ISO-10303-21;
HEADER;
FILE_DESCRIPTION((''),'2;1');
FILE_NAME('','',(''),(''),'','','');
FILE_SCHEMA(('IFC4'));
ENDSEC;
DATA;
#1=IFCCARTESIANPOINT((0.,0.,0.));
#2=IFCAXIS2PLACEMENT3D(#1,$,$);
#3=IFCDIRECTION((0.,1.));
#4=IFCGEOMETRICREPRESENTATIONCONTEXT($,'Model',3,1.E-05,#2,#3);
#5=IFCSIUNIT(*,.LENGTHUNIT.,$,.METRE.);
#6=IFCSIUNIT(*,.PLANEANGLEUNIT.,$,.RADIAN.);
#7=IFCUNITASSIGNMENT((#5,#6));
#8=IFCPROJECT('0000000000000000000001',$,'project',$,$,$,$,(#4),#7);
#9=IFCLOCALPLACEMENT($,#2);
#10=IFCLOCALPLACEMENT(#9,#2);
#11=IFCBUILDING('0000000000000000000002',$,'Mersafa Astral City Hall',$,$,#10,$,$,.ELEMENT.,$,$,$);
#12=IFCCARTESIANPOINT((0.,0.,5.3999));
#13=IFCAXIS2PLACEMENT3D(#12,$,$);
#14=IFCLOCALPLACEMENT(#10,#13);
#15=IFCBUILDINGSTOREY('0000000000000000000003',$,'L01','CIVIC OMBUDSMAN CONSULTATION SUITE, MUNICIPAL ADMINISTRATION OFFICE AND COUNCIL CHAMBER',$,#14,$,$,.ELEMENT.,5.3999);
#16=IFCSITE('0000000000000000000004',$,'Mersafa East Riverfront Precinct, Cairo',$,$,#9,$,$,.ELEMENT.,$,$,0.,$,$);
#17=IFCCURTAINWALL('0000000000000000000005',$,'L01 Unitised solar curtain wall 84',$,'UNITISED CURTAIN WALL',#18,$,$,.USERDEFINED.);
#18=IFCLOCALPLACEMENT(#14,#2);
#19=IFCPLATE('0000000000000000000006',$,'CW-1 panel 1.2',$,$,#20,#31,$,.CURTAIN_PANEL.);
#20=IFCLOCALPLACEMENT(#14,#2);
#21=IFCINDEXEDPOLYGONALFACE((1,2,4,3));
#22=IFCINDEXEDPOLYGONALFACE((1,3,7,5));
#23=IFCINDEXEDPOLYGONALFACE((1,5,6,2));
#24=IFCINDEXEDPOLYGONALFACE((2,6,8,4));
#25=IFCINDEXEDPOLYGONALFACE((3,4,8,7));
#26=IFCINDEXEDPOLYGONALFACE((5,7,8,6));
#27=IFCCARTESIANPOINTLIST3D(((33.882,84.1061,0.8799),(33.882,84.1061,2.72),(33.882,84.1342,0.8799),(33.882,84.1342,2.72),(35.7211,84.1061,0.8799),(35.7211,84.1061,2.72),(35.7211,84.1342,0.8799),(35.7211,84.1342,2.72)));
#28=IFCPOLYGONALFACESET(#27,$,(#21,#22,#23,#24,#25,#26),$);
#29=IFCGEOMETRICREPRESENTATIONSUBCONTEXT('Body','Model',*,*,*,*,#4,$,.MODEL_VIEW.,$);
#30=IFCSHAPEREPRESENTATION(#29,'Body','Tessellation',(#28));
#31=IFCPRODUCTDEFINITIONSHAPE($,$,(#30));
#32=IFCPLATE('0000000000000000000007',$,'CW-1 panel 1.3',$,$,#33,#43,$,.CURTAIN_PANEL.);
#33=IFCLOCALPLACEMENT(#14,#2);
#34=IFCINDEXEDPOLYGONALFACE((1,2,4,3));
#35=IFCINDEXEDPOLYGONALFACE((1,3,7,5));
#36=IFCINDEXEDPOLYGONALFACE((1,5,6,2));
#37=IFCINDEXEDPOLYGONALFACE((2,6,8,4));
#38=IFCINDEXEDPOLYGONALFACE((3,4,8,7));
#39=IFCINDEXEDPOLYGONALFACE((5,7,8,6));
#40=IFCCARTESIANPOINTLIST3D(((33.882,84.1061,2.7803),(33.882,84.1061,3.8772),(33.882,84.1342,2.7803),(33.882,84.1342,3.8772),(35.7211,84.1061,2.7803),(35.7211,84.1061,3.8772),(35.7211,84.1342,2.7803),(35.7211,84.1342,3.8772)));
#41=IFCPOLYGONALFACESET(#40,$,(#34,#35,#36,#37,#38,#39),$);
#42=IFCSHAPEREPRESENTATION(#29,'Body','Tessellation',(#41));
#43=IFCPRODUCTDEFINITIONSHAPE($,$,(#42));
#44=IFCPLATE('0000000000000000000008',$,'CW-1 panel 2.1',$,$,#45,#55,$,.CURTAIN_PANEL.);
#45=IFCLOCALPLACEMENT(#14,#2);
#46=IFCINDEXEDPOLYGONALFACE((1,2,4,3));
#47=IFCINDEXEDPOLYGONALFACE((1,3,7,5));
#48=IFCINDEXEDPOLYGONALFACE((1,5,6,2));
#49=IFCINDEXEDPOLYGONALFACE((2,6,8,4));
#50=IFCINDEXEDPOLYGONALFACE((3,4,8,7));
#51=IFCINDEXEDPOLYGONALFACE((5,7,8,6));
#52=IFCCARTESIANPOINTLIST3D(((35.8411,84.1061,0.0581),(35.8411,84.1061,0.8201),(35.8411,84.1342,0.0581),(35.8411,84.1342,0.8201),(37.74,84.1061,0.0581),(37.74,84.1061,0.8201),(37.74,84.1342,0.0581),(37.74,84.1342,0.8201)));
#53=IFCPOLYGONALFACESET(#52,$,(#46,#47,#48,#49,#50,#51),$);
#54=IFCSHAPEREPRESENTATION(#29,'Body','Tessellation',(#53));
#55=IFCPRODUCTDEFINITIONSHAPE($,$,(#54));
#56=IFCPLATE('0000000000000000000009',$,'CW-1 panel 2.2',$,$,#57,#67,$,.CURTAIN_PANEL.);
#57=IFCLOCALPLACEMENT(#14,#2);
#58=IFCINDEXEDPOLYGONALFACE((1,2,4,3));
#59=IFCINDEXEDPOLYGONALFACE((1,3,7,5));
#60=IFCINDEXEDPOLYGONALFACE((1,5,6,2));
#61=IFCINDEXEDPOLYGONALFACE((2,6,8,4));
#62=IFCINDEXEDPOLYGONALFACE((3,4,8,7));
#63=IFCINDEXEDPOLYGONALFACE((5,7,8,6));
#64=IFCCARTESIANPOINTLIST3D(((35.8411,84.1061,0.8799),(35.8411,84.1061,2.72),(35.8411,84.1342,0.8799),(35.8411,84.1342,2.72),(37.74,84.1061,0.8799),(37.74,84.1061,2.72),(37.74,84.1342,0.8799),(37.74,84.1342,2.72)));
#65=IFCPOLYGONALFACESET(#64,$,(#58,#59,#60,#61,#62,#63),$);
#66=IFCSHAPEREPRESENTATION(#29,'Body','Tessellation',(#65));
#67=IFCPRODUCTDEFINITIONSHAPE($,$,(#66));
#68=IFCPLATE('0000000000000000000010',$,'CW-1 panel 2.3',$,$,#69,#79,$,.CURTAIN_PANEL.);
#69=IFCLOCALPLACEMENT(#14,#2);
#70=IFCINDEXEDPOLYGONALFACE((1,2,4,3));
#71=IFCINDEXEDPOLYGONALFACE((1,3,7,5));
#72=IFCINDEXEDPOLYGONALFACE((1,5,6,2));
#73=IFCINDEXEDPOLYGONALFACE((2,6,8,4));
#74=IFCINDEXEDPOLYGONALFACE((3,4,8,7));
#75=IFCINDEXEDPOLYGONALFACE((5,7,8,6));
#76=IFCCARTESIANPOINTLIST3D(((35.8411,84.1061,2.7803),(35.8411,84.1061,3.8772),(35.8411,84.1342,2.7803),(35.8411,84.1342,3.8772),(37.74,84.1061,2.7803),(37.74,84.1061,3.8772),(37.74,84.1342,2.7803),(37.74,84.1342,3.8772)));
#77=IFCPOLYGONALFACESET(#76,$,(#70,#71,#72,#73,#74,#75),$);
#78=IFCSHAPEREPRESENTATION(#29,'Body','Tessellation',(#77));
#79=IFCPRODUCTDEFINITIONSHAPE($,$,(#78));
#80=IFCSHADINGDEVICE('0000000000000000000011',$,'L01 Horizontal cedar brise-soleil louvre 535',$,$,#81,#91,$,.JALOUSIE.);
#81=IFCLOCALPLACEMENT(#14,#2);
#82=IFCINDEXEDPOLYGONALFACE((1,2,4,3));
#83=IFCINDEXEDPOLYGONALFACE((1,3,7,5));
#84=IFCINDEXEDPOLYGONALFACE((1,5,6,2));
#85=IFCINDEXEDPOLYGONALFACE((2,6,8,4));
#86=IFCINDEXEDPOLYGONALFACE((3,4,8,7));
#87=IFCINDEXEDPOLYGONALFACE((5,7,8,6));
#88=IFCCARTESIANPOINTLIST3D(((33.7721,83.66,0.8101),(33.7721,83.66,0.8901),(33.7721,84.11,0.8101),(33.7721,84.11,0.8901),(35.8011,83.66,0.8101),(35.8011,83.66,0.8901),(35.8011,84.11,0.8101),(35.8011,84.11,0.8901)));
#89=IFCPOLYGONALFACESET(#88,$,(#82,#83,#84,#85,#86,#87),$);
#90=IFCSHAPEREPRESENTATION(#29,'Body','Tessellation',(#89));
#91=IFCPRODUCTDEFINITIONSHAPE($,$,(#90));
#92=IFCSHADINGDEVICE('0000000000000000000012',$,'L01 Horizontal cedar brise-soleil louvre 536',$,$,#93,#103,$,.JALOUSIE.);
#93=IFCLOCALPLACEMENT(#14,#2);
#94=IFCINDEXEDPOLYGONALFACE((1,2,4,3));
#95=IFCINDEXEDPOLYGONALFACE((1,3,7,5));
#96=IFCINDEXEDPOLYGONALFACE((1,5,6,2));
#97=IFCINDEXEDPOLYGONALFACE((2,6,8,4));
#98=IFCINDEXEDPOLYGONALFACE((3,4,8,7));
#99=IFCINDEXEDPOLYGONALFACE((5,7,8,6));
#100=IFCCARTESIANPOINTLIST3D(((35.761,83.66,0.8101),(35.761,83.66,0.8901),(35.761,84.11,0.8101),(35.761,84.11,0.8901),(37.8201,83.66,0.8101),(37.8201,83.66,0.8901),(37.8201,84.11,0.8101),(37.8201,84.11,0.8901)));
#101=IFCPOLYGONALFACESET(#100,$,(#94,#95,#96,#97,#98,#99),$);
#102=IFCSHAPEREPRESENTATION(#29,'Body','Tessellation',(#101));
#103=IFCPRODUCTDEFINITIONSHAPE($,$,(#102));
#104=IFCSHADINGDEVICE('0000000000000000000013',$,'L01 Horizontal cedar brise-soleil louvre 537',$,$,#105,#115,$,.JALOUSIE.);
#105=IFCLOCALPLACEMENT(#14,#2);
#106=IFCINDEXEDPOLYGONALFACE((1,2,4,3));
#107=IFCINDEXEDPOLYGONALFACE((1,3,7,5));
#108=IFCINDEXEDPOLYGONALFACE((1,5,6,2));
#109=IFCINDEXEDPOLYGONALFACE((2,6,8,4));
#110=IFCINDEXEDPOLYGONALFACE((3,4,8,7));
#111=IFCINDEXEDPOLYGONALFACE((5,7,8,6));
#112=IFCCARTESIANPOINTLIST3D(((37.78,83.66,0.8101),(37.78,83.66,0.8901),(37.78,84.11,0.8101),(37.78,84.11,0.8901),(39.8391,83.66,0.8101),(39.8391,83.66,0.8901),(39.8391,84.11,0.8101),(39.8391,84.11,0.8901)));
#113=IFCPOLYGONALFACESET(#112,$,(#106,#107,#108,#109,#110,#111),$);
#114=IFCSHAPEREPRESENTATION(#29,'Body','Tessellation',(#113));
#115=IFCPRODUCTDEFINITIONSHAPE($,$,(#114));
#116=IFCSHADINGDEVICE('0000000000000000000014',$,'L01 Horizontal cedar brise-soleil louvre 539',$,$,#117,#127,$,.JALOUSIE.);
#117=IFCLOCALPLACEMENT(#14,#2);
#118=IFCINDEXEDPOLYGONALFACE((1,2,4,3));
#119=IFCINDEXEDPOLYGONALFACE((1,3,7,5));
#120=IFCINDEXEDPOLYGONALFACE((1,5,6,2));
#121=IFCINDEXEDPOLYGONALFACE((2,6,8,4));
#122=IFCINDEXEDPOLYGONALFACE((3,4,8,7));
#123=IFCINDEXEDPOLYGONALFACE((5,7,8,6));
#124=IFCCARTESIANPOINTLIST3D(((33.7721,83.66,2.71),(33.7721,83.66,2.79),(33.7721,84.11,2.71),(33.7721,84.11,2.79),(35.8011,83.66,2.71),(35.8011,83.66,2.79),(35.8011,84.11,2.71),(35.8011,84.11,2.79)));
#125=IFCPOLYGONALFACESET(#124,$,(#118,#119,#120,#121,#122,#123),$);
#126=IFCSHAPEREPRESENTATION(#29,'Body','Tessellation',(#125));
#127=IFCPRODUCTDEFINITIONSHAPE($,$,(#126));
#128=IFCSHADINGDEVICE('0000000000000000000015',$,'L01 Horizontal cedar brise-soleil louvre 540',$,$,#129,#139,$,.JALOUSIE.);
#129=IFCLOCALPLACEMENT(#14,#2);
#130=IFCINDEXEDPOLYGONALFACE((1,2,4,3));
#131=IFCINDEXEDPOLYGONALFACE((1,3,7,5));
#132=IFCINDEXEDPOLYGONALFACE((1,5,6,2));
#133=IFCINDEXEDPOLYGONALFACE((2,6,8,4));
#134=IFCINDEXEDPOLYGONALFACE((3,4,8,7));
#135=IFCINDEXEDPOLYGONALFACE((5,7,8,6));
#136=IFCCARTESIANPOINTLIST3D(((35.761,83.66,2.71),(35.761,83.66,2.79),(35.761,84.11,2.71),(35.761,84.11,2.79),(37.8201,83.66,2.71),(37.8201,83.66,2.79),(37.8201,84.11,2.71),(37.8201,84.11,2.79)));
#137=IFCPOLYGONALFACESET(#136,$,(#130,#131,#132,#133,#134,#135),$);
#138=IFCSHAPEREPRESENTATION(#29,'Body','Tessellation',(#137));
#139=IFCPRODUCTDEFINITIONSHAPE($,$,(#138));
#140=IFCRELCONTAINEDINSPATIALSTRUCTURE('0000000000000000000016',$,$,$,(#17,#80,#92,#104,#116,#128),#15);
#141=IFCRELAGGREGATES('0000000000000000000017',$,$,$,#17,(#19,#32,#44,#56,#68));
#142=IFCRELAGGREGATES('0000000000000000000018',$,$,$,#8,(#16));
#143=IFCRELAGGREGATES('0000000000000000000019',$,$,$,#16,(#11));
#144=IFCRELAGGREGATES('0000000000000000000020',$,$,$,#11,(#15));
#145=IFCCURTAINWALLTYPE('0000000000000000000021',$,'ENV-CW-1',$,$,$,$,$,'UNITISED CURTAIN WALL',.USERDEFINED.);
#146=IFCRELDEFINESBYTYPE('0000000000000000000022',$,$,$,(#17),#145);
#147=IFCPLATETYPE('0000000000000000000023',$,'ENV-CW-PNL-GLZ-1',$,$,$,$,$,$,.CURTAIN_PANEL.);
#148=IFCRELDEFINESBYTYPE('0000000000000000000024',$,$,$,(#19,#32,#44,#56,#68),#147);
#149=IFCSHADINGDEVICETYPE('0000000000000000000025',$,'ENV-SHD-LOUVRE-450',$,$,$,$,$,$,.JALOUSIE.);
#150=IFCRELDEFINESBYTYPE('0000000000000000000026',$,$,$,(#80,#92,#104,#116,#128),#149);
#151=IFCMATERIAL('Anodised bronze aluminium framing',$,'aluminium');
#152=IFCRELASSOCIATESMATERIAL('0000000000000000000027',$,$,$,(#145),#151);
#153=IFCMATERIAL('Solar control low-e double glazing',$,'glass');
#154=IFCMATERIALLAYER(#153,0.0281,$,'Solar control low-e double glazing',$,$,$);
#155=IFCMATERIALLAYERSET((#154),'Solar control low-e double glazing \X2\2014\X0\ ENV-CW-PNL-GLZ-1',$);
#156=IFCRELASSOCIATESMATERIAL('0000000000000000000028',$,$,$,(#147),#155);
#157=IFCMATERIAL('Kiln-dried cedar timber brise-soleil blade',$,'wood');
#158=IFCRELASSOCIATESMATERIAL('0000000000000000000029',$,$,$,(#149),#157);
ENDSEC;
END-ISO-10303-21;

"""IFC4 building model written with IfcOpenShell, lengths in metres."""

from ifc_helpers import new_model, si_unit, direction, frame, origin, origin_2d, place, context, subcontext, project, spatial, rectangle, extrude, material, layer, layer_set, type_object, element, aggregate, save


model = new_model("IFC4")

# Units and contexts
model_context = context("Model", 3, precision=1e-05, world=origin(), true_north=direction((0.0, 1.0)))
body_context = subcontext(model_context, "Body", "Model", "MODEL_VIEW")
ifc_project = project(units=[si_unit("LENGTHUNIT", "METRE"), si_unit("PLANEANGLEUNIT", "RADIAN")], contexts=[model_context])

# Site, building, storey
site_placement = place(None, origin())
site = spatial("IfcSite", under=ifc_project, at=site_placement, Name="Mersafa East Riverfront Precinct, Cairo", CompositionType="ELEMENT", RefElevation=0.0)
building_placement = place(site_placement, origin())
building = spatial("IfcBuilding", under=site, at=building_placement, Name="Mersafa Astral City Hall", CompositionType="ELEMENT")
storey_placement = place(building_placement, frame((0.0, 0.0, 5.3999)))
storey = spatial("IfcBuildingStorey", under=building, at=storey_placement, Name="L01", Description="CIVIC OMBUDSMAN CONSULTATION SUITE, MUNICIPAL ADMINISTRATION OFFICE AND COUNCIL CHAMBER", CompositionType="ELEMENT", Elevation=5.3999)

# Curtain wall
ifc_material_1 = material(Name="Anodised bronze aluminium framing", Category="aluminium")
curtain_wall_type = type_object("IfcCurtainWallType", Name="ENV-CW-1", ElementType="UNITISED CURTAIN WALL", PredefinedType="USERDEFINED", material=ifc_material_1)
curtain_wall_placement = place(storey_placement, origin())
curtain_wall = element("IfcCurtainWall", 1, at=curtain_wall_placement, inside=storey, type_object=curtain_wall_type, Name="L01 Unitised solar curtain wall 84", ObjectType="UNITISED CURTAIN WALL", PredefinedType="USERDEFINED")

# Plates
ifc_material_2 = material(Name="Solar control low-e double glazing", Category="glass")
ifc_layer = layer(ifc_material_2, 0.0281, Name="Solar control low-e double glazing")
ifc_layer_set = layer_set([ifc_layer], Name="Solar control low-e double glazing — ENV-CW-PNL-GLZ-1")
plate_type = type_object("IfcPlateType", Name="ENV-CW-PNL-GLZ-1", PredefinedType="CURTAIN_PANEL", material=ifc_layer_set)
plate_1_placement = place(storey_placement, frame((34.8015, 84.1201, 0.8799), z_axis=(0.0, 0.0, 1.0), x_axis=(1.0, 0.0, 0.0)))
plate_1 = element("IfcPlate", 2, at=plate_1_placement, type_object=plate_type, Name="CW-1 panel 1.2", PredefinedType="CURTAIN_PANEL", context=body_context, shape_type="SweptSolid", body=[
    extrude(rectangle(XDim=1.8391, YDim=0.0281, at=origin_2d()), origin(), (0.0, 0.0, 1.0), 1.8401),
])
plate_2_placement = place(storey_placement, frame((34.8015, 84.1201, 2.7803), z_axis=(0.0, 0.0, 1.0), x_axis=(1.0, 0.0, 0.0)))
plate_2 = element("IfcPlate", 3, at=plate_2_placement, type_object=plate_type, Name="CW-1 panel 1.3", PredefinedType="CURTAIN_PANEL", context=body_context, shape_type="SweptSolid", body=[
    extrude(rectangle(XDim=1.8391, YDim=0.0281, at=origin_2d()), origin(), (0.0, 0.0, 1.0), 1.0969),
])
plate_3_placement = place(storey_placement, frame((36.7905, 84.1201, 0.0581), z_axis=(0.0, 0.0, 1.0), x_axis=(1.0, 0.0, 0.0)))
plate_3 = element("IfcPlate", 4, at=plate_3_placement, type_object=plate_type, Name="CW-1 panel 2.1", PredefinedType="CURTAIN_PANEL", context=body_context, shape_type="SweptSolid", body=[
    extrude(rectangle(XDim=1.8989, YDim=0.0281, at=origin_2d()), origin(), (0.0, 0.0, 1.0), 0.762),
])
plate_4_placement = place(storey_placement, frame((36.7905, 84.1201, 0.8799), z_axis=(0.0, 0.0, 1.0), x_axis=(1.0, 0.0, 0.0)))
plate_4 = element("IfcPlate", 5, at=plate_4_placement, type_object=plate_type, Name="CW-1 panel 2.2", PredefinedType="CURTAIN_PANEL", context=body_context, shape_type="SweptSolid", body=[
    extrude(rectangle(XDim=1.8989, YDim=0.0281, at=origin_2d()), origin(), (0.0, 0.0, 1.0), 1.8401),
])
plate_5_placement = place(storey_placement, frame((36.7905, 84.1201, 2.7803), z_axis=(0.0, 0.0, 1.0), x_axis=(1.0, 0.0, 0.0)))
plate_5 = element("IfcPlate", 6, at=plate_5_placement, type_object=plate_type, Name="CW-1 panel 2.3", PredefinedType="CURTAIN_PANEL", context=body_context, shape_type="SweptSolid", body=[
    extrude(rectangle(XDim=1.8989, YDim=0.0281, at=origin_2d()), origin(), (0.0, 0.0, 1.0), 1.0969),
])
aggregate(curtain_wall, [plate_1, plate_2, plate_3, plate_4, plate_5])

# Shading devices
ifc_material_3 = material(Name="Kiln-dried cedar timber brise-soleil blade", Category="wood")
shading_device_type = type_object("IfcShadingDeviceType", Name="ENV-SHD-LOUVRE-450", PredefinedType="JALOUSIE", material=ifc_material_3)
shading_device_1_placement = place(storey_placement, frame((34.7866, 83.885, 0.8101), z_axis=(0.0, 0.0, 1.0), x_axis=(1.0, 0.0, 0.0)))
element("IfcShadingDevice", 7, at=shading_device_1_placement, inside=storey, type_object=shading_device_type, Name="L01 Horizontal cedar brise-soleil louvre 535", PredefinedType="JALOUSIE", context=body_context, shape_type="SweptSolid", body=[
    extrude(rectangle(XDim=2.0291, YDim=0.45, at=origin_2d()), origin(), (0.0, 0.0, 1.0), 0.0801),
])
for number, where, z_axis, x_axis, name in (
    (8, (36.7905, 83.885, 0.8101), (0.0, 0.0, 1.0), (1.0, 0.0, 0.0), "L01 Horizontal cedar brise-soleil louvre 536"),
    (9, (38.8096, 83.885, 0.8101), (0.0, 0.0, 1.0), (1.0, 0.0, 0.0), "L01 Horizontal cedar brise-soleil louvre 537"),
):
    element("IfcShadingDevice", number, at=place(storey_placement, frame(where, z_axis=z_axis, x_axis=x_axis)), inside=storey, type_object=shading_device_type, Name=name, PredefinedType="JALOUSIE", context=body_context, shape_type="SweptSolid", body=[
        extrude(rectangle(XDim=2.0591, YDim=0.45, at=origin_2d()), origin(), (0.0, 0.0, 1.0), 0.0801),
    ])
shading_device_2_placement = place(storey_placement, frame((34.7866, 83.885, 2.71), z_axis=(0.0, 0.0, 1.0), x_axis=(1.0, 0.0, 0.0)))
element("IfcShadingDevice", 10, at=shading_device_2_placement, inside=storey, type_object=shading_device_type, Name="L01 Horizontal cedar brise-soleil louvre 539", PredefinedType="JALOUSIE", context=body_context, shape_type="SweptSolid", body=[
    extrude(rectangle(XDim=2.0291, YDim=0.45, at=origin_2d()), origin(), (0.0, 0.0, 1.0), 0.0801),
])
shading_device_3_placement = place(storey_placement, frame((36.7905, 83.885, 2.71), z_axis=(0.0, 0.0, 1.0), x_axis=(1.0, 0.0, 0.0)))
element("IfcShadingDevice", 11, at=shading_device_3_placement, inside=storey, type_object=shading_device_type, Name="L01 Horizontal cedar brise-soleil louvre 540", PredefinedType="JALOUSIE", context=body_context, shape_type="SweptSolid", body=[
    extrude(rectangle(XDim=2.0591, YDim=0.45, at=origin_2d()), origin(), (0.0, 0.0, 1.0), 0.0801),
])

save(model, "model.ifc")
